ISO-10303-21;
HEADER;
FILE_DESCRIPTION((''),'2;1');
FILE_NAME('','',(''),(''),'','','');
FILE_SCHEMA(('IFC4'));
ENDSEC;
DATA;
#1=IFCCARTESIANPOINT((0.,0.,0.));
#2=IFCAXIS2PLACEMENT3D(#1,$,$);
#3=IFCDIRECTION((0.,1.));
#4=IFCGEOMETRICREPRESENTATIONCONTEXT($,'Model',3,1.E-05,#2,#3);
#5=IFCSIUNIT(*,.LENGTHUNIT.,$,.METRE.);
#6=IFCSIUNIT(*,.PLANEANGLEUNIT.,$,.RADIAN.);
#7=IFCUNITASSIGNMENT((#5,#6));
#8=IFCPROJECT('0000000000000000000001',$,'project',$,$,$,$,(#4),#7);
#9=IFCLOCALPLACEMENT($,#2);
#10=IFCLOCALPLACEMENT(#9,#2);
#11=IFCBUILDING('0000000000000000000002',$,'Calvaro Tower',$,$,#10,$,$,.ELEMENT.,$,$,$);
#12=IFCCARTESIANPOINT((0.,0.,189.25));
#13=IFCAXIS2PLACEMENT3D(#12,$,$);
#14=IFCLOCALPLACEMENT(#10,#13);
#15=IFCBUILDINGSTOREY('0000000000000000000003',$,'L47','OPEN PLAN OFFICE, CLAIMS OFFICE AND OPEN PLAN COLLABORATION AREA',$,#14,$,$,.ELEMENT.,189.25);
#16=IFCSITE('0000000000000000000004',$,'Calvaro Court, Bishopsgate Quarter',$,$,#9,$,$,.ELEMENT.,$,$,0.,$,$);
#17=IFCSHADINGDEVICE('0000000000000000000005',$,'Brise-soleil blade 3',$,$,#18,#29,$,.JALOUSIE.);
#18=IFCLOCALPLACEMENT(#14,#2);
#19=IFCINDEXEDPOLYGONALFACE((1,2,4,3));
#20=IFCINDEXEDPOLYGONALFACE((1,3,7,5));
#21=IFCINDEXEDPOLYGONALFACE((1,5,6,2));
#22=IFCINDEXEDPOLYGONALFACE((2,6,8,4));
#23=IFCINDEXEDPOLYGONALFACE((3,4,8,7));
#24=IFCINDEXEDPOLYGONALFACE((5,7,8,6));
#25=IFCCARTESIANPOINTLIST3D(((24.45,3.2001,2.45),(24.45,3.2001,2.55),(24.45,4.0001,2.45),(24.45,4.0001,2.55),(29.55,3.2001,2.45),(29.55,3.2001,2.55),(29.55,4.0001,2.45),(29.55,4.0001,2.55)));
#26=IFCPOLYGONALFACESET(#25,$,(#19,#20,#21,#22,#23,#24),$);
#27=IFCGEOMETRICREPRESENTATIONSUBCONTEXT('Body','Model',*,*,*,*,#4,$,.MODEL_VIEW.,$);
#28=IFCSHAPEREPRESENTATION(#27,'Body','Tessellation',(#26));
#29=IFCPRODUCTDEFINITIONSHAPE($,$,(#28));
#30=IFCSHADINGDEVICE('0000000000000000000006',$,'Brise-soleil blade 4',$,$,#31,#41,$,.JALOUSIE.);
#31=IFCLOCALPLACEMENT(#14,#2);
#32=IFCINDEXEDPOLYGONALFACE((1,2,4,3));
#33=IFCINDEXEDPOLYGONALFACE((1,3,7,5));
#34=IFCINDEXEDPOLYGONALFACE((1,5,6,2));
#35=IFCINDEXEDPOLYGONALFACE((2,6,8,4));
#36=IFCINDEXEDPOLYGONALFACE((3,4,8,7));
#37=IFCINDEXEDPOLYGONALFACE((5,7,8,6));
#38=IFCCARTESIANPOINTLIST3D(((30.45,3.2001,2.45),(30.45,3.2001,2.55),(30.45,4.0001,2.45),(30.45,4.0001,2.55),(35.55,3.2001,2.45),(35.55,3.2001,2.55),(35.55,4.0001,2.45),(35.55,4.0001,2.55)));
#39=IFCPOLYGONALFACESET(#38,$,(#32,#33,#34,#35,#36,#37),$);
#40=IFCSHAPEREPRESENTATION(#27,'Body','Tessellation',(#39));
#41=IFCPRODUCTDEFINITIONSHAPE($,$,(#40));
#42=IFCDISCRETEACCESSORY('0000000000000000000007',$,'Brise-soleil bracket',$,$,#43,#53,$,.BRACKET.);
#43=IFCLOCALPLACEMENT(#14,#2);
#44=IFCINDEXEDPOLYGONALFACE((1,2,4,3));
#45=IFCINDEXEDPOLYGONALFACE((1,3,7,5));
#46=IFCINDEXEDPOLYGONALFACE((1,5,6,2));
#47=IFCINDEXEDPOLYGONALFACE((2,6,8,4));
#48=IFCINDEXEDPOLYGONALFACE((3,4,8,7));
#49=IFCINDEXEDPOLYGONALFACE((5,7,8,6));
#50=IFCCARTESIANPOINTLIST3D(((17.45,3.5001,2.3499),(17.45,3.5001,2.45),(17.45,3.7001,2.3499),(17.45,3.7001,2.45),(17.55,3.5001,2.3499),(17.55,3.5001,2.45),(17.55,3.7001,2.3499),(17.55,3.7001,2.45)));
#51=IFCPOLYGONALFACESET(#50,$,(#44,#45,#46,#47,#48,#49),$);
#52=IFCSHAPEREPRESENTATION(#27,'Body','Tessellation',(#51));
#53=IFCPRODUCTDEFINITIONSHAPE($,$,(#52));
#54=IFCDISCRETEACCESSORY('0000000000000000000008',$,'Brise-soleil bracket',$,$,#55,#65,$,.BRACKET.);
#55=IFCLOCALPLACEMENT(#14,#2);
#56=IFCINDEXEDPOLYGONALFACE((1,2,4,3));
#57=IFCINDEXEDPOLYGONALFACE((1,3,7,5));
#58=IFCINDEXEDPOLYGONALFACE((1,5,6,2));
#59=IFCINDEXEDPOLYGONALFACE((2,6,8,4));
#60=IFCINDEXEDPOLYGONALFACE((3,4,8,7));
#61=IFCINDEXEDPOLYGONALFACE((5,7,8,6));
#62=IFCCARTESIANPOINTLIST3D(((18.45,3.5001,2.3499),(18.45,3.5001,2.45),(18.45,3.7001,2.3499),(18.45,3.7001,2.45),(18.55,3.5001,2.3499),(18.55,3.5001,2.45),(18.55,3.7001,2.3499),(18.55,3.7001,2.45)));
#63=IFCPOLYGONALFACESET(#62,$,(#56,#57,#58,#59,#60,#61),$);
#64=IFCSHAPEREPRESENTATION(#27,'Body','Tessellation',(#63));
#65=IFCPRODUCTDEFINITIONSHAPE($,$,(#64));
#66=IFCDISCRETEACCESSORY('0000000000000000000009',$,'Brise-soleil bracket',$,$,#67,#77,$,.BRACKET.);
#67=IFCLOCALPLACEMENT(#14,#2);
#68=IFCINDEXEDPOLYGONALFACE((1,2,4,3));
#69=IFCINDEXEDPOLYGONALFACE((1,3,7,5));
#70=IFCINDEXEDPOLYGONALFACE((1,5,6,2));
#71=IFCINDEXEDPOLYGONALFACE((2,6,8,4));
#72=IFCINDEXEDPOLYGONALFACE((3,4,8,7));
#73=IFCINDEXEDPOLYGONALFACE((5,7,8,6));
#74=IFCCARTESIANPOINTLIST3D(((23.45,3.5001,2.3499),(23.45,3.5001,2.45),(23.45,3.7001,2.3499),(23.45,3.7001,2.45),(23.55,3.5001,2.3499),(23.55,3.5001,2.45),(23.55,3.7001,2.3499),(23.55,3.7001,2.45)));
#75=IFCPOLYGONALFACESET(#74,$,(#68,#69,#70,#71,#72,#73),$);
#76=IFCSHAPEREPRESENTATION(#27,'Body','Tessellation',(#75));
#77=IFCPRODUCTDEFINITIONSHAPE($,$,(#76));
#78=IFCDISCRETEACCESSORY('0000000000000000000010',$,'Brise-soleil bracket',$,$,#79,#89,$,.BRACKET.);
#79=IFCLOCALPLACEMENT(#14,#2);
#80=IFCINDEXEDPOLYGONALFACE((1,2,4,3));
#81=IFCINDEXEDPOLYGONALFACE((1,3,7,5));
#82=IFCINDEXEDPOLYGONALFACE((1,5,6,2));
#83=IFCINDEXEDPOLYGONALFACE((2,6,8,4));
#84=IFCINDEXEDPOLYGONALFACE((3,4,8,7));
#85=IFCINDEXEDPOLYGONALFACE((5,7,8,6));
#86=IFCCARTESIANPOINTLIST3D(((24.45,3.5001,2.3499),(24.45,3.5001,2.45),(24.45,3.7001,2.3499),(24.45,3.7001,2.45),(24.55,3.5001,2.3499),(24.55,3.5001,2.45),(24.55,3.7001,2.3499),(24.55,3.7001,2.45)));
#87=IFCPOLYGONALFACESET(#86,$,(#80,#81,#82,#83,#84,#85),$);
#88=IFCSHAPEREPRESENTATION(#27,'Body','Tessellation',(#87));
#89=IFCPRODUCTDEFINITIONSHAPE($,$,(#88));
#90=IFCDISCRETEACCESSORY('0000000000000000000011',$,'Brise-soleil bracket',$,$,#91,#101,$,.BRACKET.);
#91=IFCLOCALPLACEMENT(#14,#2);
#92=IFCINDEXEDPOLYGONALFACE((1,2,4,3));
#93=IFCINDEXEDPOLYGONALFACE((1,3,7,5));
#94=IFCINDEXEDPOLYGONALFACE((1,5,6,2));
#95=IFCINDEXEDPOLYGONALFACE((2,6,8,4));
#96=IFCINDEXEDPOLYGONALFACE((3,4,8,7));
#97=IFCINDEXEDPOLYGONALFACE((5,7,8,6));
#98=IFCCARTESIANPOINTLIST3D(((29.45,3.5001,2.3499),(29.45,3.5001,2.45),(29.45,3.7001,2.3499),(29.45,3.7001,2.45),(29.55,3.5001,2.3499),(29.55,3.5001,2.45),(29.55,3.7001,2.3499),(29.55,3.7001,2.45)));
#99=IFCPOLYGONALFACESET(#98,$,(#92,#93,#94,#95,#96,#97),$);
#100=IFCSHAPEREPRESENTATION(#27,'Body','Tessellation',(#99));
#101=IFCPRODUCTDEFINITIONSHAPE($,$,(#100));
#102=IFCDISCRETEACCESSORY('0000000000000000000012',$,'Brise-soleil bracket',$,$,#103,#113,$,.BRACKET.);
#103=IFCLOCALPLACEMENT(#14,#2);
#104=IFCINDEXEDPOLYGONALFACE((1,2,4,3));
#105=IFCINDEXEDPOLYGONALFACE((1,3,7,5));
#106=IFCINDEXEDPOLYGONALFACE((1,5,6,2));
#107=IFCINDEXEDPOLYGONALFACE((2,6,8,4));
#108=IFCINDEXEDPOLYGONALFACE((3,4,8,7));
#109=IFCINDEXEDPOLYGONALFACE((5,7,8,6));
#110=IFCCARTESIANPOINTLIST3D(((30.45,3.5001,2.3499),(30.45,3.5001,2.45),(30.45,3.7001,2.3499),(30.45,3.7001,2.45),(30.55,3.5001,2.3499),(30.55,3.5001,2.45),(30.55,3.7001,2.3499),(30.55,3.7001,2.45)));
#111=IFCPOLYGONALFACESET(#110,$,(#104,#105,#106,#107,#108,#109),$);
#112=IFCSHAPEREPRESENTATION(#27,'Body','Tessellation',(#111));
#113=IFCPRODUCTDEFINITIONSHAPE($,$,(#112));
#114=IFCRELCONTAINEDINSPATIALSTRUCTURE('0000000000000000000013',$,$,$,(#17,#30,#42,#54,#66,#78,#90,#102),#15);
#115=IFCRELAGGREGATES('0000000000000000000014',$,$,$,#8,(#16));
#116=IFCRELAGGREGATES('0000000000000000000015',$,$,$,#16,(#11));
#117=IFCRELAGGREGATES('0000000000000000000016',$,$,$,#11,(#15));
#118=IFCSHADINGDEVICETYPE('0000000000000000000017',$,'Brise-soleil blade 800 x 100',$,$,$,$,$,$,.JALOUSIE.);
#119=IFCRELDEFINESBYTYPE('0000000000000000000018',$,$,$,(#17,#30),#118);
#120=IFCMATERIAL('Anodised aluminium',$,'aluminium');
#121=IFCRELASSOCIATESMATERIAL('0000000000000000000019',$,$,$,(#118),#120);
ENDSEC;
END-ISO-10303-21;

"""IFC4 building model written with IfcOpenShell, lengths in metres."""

from ifc_helpers import new_model, si_unit, direction, frame, origin, origin_2d, place, context, subcontext, project, spatial, rectangle, extrude, material, material_profile, profile_set, type_object, element, save


model = new_model("IFC4")

# Units and contexts
model_context = context("Model", 3, precision=1e-05, world=origin(), true_north=direction((0.0, 1.0)))
body_context = subcontext(model_context, "Body", "Model", "MODEL_VIEW")
ifc_project = project(units=[si_unit("LENGTHUNIT", "METRE"), si_unit("PLANEANGLEUNIT", "RADIAN")], contexts=[model_context])

# Site, building, storey
site_placement = place(None, origin())
site = spatial("IfcSite", under=ifc_project, at=site_placement, Name="Calvaro Court, Bishopsgate Quarter", CompositionType="ELEMENT", RefElevation=0.0)
building_placement = place(site_placement, origin())
building = spatial("IfcBuilding", under=site, at=building_placement, Name="Calvaro Tower", CompositionType="ELEMENT")
storey_placement = place(building_placement, frame((0.0, 0.0, 189.25)))
storey = spatial("IfcBuildingStorey", under=building, at=storey_placement, Name="L47", Description="OPEN PLAN OFFICE, CLAIMS OFFICE AND OPEN PLAN COLLABORATION AREA", CompositionType="ELEMENT", Elevation=189.25)

# Shading devices
ifc_material_1 = material(Name="Anodised aluminium", Category="aluminium")
ifc_material_profile_1 = material_profile(ifc_material_1, rectangle(XDim=0.8, YDim=0.1001, at=origin_2d()), Name="Brise-soleil blade 800 x 100")
ifc_profile_set_1 = profile_set([ifc_material_profile_1], Name="Anodised aluminium")
shading_device_type = type_object("IfcShadingDeviceType", Name="Brise-soleil blade 800 x 100", PredefinedType="JALOUSIE", material=ifc_profile_set_1)
for number, where, z_axis, x_axis, name in (
    (1, (24.45, 3.6001, 2.5), (1.0, 0.0, 0.0), (0.0, 1.0, 0.0), "Brise-soleil blade 3"),
    (2, (30.45, 3.6001, 2.5), (1.0, 0.0, 0.0), (0.0, 1.0, 0.0), "Brise-soleil blade 4"),
):
    element("IfcShadingDevice", number, at=place(storey_placement, frame(where, z_axis=z_axis, x_axis=x_axis)), inside=storey, type_object=shading_device_type, Name=name, PredefinedType="JALOUSIE", context=body_context, shape_type="SweptSolid", body=[
        extrude(rectangle(XDim=0.8, YDim=0.1001, at=origin_2d()), origin(), (0.0, 0.0, 1.0), 5.1001),
    ])

# Discrete accessories
for number, where, z_axis, x_axis, name in (
    (3, (17.5, 3.6001, 2.3499), (0.0, 0.0, 1.0), (1.0, 0.0, 0.0), "Brise-soleil bracket"),
    (4, (18.5, 3.6001, 2.3499), (0.0, 0.0, 1.0), (1.0, 0.0, 0.0), "Brise-soleil bracket"),
    (5, (23.5, 3.6001, 2.3499), (0.0, 0.0, 1.0), (1.0, 0.0, 0.0), "Brise-soleil bracket"),
    (6, (24.5, 3.6001, 2.3499), (0.0, 0.0, 1.0), (1.0, 0.0, 0.0), "Brise-soleil bracket"),
    (7, (29.5, 3.6001, 2.3499), (0.0, 0.0, 1.0), (1.0, 0.0, 0.0), "Brise-soleil bracket"),
    (8, (30.5, 3.6001, 2.3499), (0.0, 0.0, 1.0), (1.0, 0.0, 0.0), "Brise-soleil bracket"),
):
    element("IfcDiscreteAccessory", number, at=place(storey_placement, frame(where, z_axis=z_axis, x_axis=x_axis)), inside=storey, Name=name, PredefinedType="BRACKET", context=body_context, shape_type="SweptSolid", body=[
        extrude(rectangle(XDim=0.1001, YDim=0.2, at=origin_2d()), origin(), (0.0, 0.0, 1.0), 0.1001),
    ])

save(model, "model.ifc")
